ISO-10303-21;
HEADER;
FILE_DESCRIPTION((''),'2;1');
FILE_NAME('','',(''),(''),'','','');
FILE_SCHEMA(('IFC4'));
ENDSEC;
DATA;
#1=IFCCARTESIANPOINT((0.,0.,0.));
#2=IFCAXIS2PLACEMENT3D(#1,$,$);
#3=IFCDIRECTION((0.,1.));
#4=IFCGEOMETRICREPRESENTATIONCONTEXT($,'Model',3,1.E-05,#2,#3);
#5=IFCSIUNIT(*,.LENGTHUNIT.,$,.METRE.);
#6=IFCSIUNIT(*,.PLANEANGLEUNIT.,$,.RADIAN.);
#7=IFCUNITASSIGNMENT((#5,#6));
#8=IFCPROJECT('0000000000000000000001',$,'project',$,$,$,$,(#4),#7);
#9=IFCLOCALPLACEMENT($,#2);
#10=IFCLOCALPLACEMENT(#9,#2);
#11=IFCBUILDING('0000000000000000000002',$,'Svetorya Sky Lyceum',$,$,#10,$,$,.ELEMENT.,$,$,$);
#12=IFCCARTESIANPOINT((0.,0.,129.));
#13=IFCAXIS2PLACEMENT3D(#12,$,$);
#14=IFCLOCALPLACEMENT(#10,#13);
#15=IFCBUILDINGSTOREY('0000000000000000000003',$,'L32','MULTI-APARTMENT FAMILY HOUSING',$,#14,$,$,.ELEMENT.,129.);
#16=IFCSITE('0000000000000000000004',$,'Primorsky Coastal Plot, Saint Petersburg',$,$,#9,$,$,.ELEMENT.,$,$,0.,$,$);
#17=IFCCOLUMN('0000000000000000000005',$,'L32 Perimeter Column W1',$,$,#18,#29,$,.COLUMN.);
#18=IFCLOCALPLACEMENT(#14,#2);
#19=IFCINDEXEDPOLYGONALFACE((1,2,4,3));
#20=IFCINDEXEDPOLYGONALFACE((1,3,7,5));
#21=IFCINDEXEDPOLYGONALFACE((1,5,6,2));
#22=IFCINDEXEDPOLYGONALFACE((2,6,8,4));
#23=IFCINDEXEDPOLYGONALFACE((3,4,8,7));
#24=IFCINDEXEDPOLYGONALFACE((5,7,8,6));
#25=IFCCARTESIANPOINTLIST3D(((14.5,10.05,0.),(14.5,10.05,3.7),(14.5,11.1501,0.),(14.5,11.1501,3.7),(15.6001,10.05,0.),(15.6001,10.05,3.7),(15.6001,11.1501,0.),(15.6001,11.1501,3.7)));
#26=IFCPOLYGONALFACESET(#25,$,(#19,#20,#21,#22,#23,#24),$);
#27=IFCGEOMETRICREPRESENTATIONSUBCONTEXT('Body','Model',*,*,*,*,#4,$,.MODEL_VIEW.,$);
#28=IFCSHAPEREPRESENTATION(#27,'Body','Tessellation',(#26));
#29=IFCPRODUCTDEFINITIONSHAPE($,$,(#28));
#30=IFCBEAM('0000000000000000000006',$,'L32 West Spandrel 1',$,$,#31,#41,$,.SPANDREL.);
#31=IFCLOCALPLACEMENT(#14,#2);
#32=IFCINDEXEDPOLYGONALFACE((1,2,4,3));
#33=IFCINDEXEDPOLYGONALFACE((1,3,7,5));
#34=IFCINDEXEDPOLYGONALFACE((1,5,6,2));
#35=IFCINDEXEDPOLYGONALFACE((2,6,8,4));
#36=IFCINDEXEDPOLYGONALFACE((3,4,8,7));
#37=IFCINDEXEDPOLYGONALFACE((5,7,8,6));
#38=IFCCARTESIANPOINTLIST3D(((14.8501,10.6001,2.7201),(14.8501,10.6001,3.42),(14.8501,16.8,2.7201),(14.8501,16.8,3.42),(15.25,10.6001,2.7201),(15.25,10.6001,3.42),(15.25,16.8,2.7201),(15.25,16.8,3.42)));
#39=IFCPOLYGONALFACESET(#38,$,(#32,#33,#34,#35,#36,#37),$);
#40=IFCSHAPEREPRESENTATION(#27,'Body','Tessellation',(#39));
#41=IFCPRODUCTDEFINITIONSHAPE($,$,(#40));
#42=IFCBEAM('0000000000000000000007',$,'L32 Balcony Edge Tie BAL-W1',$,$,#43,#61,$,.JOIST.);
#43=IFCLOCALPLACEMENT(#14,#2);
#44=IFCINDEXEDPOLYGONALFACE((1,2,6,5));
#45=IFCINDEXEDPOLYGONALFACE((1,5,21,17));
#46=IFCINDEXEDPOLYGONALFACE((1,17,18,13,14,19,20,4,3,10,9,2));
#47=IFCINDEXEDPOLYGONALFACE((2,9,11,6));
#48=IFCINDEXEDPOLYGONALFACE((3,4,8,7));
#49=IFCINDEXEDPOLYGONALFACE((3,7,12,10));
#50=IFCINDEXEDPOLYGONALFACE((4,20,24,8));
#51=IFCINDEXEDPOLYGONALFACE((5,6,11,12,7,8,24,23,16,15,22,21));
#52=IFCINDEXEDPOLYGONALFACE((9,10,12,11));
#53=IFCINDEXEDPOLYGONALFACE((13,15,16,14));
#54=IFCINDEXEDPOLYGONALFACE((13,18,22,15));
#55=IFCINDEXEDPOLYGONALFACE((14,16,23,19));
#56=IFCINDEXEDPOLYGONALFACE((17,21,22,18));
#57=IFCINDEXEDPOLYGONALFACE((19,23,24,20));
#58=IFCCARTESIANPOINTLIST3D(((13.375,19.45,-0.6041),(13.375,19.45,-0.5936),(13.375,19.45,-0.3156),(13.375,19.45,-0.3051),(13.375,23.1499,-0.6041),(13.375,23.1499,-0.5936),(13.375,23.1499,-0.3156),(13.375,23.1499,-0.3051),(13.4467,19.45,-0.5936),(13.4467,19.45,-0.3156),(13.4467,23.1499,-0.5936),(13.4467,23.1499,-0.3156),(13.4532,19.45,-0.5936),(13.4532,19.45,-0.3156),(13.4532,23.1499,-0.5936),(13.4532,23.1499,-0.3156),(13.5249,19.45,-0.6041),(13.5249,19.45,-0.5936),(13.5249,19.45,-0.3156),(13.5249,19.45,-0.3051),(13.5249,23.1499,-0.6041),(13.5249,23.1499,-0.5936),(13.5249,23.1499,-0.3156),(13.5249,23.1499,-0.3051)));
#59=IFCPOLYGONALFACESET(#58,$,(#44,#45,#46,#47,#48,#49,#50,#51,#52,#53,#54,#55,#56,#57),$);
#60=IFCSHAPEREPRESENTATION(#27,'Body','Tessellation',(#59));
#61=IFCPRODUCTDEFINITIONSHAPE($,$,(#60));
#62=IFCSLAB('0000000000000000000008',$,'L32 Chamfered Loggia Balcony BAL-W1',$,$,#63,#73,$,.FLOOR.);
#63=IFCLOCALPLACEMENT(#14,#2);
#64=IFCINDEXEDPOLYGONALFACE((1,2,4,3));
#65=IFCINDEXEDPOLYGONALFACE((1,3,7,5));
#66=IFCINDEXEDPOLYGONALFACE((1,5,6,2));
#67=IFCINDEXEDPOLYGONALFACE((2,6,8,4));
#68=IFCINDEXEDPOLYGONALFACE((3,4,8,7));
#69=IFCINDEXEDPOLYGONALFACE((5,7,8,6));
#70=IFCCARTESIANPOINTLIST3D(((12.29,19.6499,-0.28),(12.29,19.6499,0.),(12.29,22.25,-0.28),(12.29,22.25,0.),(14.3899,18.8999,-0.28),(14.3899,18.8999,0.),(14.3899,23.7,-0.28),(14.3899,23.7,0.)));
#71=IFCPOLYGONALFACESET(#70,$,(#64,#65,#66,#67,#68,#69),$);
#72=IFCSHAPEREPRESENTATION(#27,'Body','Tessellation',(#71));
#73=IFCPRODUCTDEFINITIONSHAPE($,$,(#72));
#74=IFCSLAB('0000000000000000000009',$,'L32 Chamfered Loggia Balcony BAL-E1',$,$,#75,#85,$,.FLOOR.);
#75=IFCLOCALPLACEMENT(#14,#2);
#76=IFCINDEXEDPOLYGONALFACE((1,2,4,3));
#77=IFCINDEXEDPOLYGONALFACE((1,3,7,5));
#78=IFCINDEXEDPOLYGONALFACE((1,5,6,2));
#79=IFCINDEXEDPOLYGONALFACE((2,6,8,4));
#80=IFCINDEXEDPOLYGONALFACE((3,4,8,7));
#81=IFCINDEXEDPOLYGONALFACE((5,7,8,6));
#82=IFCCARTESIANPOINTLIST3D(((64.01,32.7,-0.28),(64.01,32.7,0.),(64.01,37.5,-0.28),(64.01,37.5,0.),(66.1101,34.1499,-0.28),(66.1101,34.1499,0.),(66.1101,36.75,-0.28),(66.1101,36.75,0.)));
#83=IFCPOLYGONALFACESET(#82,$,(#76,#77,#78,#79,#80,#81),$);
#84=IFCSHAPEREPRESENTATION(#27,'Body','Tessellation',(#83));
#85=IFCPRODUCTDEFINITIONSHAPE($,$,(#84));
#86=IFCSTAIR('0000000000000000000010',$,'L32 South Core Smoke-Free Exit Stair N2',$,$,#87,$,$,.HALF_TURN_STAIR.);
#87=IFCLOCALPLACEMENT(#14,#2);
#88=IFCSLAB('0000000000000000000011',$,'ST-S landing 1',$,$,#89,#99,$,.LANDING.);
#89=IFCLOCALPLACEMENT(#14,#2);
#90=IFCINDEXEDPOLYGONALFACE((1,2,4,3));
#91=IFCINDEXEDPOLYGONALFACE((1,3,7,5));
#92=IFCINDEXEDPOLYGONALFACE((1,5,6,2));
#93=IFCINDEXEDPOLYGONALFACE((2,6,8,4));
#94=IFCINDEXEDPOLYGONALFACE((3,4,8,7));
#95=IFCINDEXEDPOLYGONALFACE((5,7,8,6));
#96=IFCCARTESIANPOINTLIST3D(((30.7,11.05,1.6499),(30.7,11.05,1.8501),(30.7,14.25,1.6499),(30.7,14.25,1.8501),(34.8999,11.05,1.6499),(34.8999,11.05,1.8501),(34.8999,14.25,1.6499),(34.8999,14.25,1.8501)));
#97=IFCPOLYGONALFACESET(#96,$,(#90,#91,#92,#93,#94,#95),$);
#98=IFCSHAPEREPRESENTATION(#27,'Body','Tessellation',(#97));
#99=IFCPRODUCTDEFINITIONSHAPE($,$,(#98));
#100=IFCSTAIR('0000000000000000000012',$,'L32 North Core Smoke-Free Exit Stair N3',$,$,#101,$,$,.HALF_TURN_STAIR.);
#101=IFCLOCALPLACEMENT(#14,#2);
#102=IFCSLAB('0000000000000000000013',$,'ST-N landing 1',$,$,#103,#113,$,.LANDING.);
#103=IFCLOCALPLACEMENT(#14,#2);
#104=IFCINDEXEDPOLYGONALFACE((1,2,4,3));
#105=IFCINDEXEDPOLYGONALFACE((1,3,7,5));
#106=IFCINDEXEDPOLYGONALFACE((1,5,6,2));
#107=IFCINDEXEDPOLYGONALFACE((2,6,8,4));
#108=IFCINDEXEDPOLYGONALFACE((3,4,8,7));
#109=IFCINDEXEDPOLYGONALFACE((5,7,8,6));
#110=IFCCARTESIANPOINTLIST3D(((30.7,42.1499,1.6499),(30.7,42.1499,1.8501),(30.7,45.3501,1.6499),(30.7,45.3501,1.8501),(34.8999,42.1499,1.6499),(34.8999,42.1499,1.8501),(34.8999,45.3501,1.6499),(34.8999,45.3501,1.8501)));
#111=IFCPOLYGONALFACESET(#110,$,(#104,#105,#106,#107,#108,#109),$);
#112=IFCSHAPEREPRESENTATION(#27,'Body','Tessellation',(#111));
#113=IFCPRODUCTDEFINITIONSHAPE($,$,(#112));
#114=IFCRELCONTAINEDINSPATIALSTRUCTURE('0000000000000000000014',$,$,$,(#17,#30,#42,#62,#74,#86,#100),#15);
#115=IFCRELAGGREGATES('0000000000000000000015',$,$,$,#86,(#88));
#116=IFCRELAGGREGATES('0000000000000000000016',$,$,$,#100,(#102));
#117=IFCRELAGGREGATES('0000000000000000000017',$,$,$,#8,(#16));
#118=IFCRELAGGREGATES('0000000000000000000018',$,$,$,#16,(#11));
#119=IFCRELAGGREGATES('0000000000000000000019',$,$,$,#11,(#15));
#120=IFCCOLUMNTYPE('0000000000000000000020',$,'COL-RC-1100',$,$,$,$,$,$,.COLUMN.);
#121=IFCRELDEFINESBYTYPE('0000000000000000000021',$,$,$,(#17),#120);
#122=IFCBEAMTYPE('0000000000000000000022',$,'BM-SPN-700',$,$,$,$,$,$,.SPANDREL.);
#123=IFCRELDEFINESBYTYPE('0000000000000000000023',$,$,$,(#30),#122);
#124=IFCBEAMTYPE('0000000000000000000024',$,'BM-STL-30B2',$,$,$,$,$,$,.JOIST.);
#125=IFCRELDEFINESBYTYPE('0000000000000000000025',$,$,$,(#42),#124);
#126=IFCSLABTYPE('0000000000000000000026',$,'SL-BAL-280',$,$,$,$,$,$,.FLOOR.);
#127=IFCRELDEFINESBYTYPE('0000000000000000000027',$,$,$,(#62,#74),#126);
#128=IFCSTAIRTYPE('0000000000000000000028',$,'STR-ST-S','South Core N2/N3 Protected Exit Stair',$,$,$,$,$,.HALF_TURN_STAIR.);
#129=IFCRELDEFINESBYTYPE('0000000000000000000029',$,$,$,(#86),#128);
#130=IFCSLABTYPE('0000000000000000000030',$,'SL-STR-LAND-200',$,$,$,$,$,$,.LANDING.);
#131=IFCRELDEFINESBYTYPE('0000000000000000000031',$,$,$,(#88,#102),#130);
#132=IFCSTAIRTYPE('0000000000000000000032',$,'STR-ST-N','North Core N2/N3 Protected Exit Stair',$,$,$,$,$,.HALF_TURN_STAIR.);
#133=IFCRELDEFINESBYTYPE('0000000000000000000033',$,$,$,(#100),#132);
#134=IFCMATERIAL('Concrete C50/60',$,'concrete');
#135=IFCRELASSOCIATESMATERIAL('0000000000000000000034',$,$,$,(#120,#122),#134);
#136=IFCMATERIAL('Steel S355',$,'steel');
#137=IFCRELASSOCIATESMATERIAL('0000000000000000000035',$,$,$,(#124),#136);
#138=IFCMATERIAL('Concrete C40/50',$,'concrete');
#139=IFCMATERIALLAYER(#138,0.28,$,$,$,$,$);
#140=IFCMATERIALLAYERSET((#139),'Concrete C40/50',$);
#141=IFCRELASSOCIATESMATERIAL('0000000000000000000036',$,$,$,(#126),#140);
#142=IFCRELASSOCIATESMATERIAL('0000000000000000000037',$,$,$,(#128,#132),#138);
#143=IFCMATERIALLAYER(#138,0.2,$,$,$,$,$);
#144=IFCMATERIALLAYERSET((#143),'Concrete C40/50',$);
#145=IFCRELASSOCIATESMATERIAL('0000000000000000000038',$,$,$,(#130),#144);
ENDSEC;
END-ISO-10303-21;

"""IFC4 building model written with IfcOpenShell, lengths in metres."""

from ifc_helpers import new_model, si_unit, direction, frame, origin, origin_2d, place, context, subcontext, project, spatial, polyline, rectangle, i_section, outline, extrude, material, layer, layer_set, material_profile, profile_set, type_object, element, aggregate, save


model = new_model("IFC4")

# Units and contexts
model_context = context("Model", 3, precision=1e-05, world=origin(), true_north=direction((0.0, 1.0)))
body_context = subcontext(model_context, "Body", "Model", "MODEL_VIEW")
ifc_project = project(units=[si_unit("LENGTHUNIT", "METRE"), si_unit("PLANEANGLEUNIT", "RADIAN")], contexts=[model_context])

# Site, building, storey
site_placement = place(None, origin())
site = spatial("IfcSite", under=ifc_project, at=site_placement, Name="Primorsky Coastal Plot, Saint Petersburg", CompositionType="ELEMENT", RefElevation=0.0)
building_placement = place(site_placement, origin())
building = spatial("IfcBuilding", under=site, at=building_placement, Name="Svetorya Sky Lyceum", CompositionType="ELEMENT")
storey_placement = place(building_placement, frame((0.0, 0.0, 129.0)))
storey = spatial("IfcBuildingStorey", under=building, at=storey_placement, Name="L32", Description="MULTI-APARTMENT FAMILY HOUSING", CompositionType="ELEMENT", Elevation=129.0)

# Column
ifc_material_1 = material(Name="Concrete C50/60", Category="concrete")
ifc_material_profile_1 = material_profile(ifc_material_1, rectangle(XDim=1.1001, YDim=1.1001, at=origin_2d()), Name="RC COL 1100x1100")
ifc_profile_set_1 = profile_set([ifc_material_profile_1], Name="Concrete C50/60")
column_type = type_object("IfcColumnType", Name="COL-RC-1100", PredefinedType="COLUMN", material=ifc_profile_set_1)
column_placement = place(storey_placement, frame((15.05, 10.6001, 0.0), z_axis=(0.0, 0.0, 1.0), x_axis=(1.0, 0.0, 0.0)))
element("IfcColumn", 1, at=column_placement, inside=storey, type_object=column_type, Name="L32 Perimeter Column W1", PredefinedType="COLUMN", context=body_context, shape_type="SweptSolid", body=[
    extrude(rectangle(XDim=1.1001, YDim=1.1001, at=origin_2d()), origin(), (0.0, 0.0, 1.0), 3.7),
])

# Beams
ifc_material_profile_2 = material_profile(ifc_material_1, rectangle(XDim=0.3999, YDim=0.7, at=origin_2d()), Name="RC SPANDREL 400x700")
ifc_profile_set_2 = profile_set([ifc_material_profile_2], Name="Concrete C50/60")
beam_type_1 = type_object("IfcBeamType", Name="BM-SPN-700", PredefinedType="SPANDREL", material=ifc_profile_set_2)
beam_1_placement = place(storey_placement, frame((15.05, 10.6001, 3.0701), z_axis=(0.0, 1.0, 0.0), x_axis=(-1.0, 0.0, 0.0)))
element("IfcBeam", 2, at=beam_1_placement, inside=storey, type_object=beam_type_1, Name="L32 West Spandrel 1", PredefinedType="SPANDREL", context=body_context, shape_type="SweptSolid", body=[
    extrude(rectangle(XDim=0.3999, YDim=0.7, at=origin_2d()), origin(), (0.0, 0.0, 1.0), 6.2),
])
ifc_material_2 = material(Name="Steel S355", Category="steel")
ifc_material_profile_3 = material_profile(ifc_material_2, i_section(OverallWidth=0.1499, OverallDepth=0.2991, WebThickness=0.0066, FlangeThickness=0.0105, at=origin_2d()), Name="GOST 30B2")
ifc_profile_set_3 = profile_set([ifc_material_profile_3], Name="Steel S355")
beam_type_2 = type_object("IfcBeamType", Name="BM-STL-30B2", PredefinedType="JOIST", material=ifc_profile_set_3)
beam_2_placement = place(storey_placement, frame((13.45, 19.45, -0.4546), z_axis=(0.0, 1.0, 0.0), x_axis=(-1.0, 0.0, 0.0)))
element("IfcBeam", 3, at=beam_2_placement, inside=storey, type_object=beam_type_2, Name="L32 Balcony Edge Tie BAL-W1", PredefinedType="JOIST", context=body_context, shape_type="SweptSolid", body=[
    extrude(i_section(OverallWidth=0.1499, OverallDepth=0.2991, WebThickness=0.0066, FlangeThickness=0.0105, at=origin_2d()), origin(), (0.0, 0.0, 1.0), 3.7),
])

# Slabs
ifc_material_3 = material(Name="Concrete C40/50", Category="concrete")
ifc_layer_1 = layer(ifc_material_3, 0.28)
ifc_layer_set_1 = layer_set([ifc_layer_1], Name="Concrete C40/50")
slab_type_1 = type_object("IfcSlabType", Name="SL-BAL-280", PredefinedType="FLOOR", material=ifc_layer_set_1)
slab_1_placement = place(storey_placement, frame((0.0, 0.0, -0.28)))
element("IfcSlab", 4, at=slab_1_placement, inside=storey, type_object=slab_type_1, Name="L32 Chamfered Loggia Balcony BAL-W1", PredefinedType="FLOOR", context=body_context, shape_type="SweptSolid", body=[
    extrude(outline(polyline([(14.3899, 18.8999), (14.3899, 23.7), (12.29, 22.25), (12.29, 19.6499), (14.3899, 18.8999)])), origin(), (0.0, 0.0, 1.0), 0.28),
])
slab_2_placement = place(storey_placement, frame((0.0, 0.0, -0.28)))
element("IfcSlab", 5, at=slab_2_placement, inside=storey, type_object=slab_type_1, Name="L32 Chamfered Loggia Balcony BAL-E1", PredefinedType="FLOOR", context=body_context, shape_type="SweptSolid", body=[
    extrude(outline(polyline([(64.01, 32.7), (66.1101, 34.1499), (66.1101, 36.75), (64.01, 37.5), (64.01, 32.7)])), origin(), (0.0, 0.0, 1.0), 0.28),
])

# Stairs, slabs
stair_type_1 = type_object("IfcStairType", Name="STR-ST-S", Description="South Core N2/N3 Protected Exit Stair", PredefinedType="HALF_TURN_STAIR", material=ifc_material_3)
stair_1_placement = place(storey_placement, origin())
stair_1 = element("IfcStair", 6, at=stair_1_placement, inside=storey, type_object=stair_type_1, Name="L32 South Core Smoke-Free Exit Stair N2", PredefinedType="HALF_TURN_STAIR")
ifc_layer_2 = layer(ifc_material_3, 0.2)
ifc_layer_set_2 = layer_set([ifc_layer_2], Name="Concrete C40/50")
slab_type_2 = type_object("IfcSlabType", Name="SL-STR-LAND-200", PredefinedType="LANDING", material=ifc_layer_set_2)
slab_3_placement = place(storey_placement, frame((0.0, 0.0, 1.6499)))
slab_3 = element("IfcSlab", 7, at=slab_3_placement, type_object=slab_type_2, Name="ST-S landing 1", PredefinedType="LANDING", context=body_context, shape_type="SweptSolid", body=[
    extrude(outline(polyline([(30.7, 11.05), (34.8999, 11.05), (34.8999, 14.25), (30.7, 14.25), (30.7, 11.05)])), origin(), (0.0, 0.0, 1.0), 0.2002),
])
aggregate(stair_1, [slab_3])
stair_type_2 = type_object("IfcStairType", Name="STR-ST-N", Description="North Core N2/N3 Protected Exit Stair", PredefinedType="HALF_TURN_STAIR", material=ifc_material_3)
stair_2_placement = place(storey_placement, origin())
stair_2 = element("IfcStair", 8, at=stair_2_placement, inside=storey, type_object=stair_type_2, Name="L32 North Core Smoke-Free Exit Stair N3", PredefinedType="HALF_TURN_STAIR")
slab_4_placement = place(storey_placement, frame((0.0, 0.0, 1.6499)))
slab_4 = element("IfcSlab", 9, at=slab_4_placement, type_object=slab_type_2, Name="ST-N landing 1", PredefinedType="LANDING", context=body_context, shape_type="SweptSolid", body=[
    extrude(outline(polyline([(30.7, 42.1499), (34.8999, 42.1499), (34.8999, 45.3501), (30.7, 45.3501), (30.7, 42.1499)])), origin(), (0.0, 0.0, 1.0), 0.2002),
])
aggregate(stair_2, [slab_4])

save(model, "model.ifc")
